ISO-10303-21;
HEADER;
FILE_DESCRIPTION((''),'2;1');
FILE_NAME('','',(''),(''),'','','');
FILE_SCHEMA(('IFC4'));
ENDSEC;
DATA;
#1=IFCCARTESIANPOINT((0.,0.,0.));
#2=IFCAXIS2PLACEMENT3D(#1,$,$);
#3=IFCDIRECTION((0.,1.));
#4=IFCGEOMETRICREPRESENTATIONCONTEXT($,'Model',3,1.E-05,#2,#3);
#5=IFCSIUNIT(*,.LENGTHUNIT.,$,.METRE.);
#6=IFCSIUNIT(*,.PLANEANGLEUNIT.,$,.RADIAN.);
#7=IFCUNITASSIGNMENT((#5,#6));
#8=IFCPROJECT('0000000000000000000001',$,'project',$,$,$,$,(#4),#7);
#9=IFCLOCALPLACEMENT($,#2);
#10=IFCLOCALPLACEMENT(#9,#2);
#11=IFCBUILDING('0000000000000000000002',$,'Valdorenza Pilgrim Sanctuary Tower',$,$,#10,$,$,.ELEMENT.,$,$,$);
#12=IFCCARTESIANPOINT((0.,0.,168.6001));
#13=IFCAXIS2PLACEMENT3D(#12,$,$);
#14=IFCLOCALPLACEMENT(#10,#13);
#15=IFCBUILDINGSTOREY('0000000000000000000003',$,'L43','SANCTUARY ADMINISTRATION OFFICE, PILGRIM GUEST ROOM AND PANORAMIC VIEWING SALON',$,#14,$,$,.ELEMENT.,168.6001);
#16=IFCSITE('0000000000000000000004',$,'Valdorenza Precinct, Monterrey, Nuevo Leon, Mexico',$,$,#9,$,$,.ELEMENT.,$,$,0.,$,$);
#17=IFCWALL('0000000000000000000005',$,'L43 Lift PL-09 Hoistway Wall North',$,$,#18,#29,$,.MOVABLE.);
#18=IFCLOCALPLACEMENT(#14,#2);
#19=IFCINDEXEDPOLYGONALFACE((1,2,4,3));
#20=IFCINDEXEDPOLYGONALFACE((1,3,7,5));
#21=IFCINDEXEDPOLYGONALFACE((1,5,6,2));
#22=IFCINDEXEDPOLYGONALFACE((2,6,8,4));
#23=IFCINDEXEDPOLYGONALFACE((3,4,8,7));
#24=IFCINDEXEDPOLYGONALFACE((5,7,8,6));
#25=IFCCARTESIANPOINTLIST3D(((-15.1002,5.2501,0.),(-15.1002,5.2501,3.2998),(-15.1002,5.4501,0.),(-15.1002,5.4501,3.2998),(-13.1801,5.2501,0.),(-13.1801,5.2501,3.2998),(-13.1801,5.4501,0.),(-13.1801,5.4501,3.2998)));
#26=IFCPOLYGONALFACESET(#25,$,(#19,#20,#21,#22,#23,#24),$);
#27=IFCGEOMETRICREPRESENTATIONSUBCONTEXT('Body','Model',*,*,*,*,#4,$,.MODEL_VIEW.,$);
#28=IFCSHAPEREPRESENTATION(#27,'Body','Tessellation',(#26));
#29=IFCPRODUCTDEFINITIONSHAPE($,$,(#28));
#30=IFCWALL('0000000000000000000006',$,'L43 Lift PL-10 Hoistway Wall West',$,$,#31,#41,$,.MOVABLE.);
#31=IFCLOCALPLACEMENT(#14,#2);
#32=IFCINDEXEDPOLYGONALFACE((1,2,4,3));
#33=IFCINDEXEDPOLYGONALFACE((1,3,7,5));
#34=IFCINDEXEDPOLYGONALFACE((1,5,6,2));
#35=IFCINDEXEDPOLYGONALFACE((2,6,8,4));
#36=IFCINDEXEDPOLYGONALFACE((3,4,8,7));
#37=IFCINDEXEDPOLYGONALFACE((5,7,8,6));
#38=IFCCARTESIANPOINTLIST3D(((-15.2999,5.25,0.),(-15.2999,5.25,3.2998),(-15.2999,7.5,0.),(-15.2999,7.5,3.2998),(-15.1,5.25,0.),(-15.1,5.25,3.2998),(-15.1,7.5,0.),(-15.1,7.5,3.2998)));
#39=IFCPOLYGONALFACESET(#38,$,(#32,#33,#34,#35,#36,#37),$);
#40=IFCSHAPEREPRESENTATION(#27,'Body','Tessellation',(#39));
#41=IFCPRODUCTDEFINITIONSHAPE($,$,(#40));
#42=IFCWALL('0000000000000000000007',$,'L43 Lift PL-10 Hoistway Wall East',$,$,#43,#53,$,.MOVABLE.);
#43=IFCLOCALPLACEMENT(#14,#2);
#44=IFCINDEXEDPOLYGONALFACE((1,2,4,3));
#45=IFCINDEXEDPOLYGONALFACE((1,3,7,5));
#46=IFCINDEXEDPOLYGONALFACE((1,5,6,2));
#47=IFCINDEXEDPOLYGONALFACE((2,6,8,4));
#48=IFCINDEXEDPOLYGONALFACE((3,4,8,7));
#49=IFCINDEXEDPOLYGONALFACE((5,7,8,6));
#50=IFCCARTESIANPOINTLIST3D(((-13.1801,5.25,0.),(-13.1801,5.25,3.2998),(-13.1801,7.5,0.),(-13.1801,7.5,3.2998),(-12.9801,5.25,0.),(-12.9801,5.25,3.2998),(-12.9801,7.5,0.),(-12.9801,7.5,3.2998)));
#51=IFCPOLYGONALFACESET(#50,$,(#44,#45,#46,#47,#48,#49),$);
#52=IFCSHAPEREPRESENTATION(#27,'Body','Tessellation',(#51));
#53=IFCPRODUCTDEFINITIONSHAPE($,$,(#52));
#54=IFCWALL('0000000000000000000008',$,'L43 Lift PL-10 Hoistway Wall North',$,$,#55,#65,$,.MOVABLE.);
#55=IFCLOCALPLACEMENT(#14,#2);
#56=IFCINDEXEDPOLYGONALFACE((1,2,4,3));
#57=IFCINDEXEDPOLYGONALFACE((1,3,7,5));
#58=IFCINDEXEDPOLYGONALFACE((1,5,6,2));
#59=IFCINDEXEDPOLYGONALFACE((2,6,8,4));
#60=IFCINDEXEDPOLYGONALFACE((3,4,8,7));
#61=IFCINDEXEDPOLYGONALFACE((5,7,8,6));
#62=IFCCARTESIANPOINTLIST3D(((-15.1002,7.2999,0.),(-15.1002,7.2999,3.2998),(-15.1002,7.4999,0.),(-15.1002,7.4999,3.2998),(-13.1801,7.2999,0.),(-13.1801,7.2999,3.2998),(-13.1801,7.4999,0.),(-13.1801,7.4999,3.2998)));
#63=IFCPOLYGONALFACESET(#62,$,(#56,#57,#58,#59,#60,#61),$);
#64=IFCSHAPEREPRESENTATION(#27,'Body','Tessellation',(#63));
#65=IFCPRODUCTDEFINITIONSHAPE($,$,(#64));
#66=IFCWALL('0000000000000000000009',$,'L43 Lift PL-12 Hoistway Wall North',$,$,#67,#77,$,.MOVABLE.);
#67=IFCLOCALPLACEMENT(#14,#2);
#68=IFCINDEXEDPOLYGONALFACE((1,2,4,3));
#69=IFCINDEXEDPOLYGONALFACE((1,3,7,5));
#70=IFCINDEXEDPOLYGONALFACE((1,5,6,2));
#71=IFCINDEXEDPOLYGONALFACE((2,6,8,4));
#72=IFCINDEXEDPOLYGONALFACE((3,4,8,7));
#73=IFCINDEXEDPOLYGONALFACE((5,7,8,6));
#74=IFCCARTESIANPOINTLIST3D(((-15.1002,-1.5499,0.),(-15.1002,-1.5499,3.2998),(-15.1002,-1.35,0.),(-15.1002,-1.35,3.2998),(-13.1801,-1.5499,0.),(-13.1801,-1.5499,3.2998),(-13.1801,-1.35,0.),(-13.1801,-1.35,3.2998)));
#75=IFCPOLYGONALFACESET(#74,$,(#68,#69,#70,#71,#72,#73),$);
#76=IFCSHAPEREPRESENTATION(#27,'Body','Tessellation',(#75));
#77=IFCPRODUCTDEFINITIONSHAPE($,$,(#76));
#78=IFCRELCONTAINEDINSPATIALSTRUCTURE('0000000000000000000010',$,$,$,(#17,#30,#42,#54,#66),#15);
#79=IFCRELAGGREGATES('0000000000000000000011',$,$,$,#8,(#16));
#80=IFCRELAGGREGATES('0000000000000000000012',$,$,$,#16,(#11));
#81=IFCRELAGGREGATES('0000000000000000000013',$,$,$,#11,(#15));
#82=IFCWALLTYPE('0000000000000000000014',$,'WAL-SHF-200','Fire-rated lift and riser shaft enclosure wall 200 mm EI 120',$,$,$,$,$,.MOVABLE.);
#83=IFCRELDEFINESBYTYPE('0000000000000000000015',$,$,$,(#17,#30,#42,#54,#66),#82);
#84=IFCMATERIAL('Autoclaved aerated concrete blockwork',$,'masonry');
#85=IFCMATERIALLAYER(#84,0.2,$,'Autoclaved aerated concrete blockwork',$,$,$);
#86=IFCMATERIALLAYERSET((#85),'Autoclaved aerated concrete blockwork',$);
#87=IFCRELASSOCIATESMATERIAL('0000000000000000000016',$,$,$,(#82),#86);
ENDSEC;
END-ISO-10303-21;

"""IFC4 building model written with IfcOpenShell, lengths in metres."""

from ifc_helpers import new_model, si_unit, direction, frame, frame_2d, origin, place, context, subcontext, project, spatial, rectangle, extrude, material, layer, layer_set, type_object, element, save


model = new_model("IFC4")

# Units and contexts
model_context = context("Model", 3, precision=1e-05, world=origin(), true_north=direction((0.0, 1.0)))
body_context = subcontext(model_context, "Body", "Model", "MODEL_VIEW")
ifc_project = project(units=[si_unit("LENGTHUNIT", "METRE"), si_unit("PLANEANGLEUNIT", "RADIAN")], contexts=[model_context])

# Site, building, storey
site_placement = place(None, origin())
site = spatial("IfcSite", under=ifc_project, at=site_placement, Name="Valdorenza Precinct, Monterrey, Nuevo Leon, Mexico", CompositionType="ELEMENT", RefElevation=0.0)
building_placement = place(site_placement, origin())
building = spatial("IfcBuilding", under=site, at=building_placement, Name="Valdorenza Pilgrim Sanctuary Tower", CompositionType="ELEMENT")
storey_placement = place(building_placement, frame((0.0, 0.0, 168.6001)))
storey = spatial("IfcBuildingStorey", under=building, at=storey_placement, Name="L43", Description="SANCTUARY ADMINISTRATION OFFICE, PILGRIM GUEST ROOM AND PANORAMIC VIEWING SALON", CompositionType="ELEMENT", Elevation=168.6001)

# Shared definitions
ifc_material_1 = material(Name="Autoclaved aerated concrete blockwork", Category="masonry")
ifc_layer_1 = layer(ifc_material_1, 0.2, Name="Autoclaved aerated concrete blockwork")
ifc_layer_set_1 = layer_set([ifc_layer_1], Name="Autoclaved aerated concrete blockwork")
wall_type_1 = type_object("IfcWallType", Name="WAL-SHF-200", Description="Fire-rated lift and riser shaft enclosure wall 200 mm EI 120", PredefinedType="MOVABLE", material=ifc_layer_set_1)

# Walls
for number, where, z_axis, x_axis, name in (
    (1, (-15.1001, 5.3501, 0.0), (0.0, 0.0, 1.0), (1.0, 0.0, 0.0), "L43 Lift PL-09 Hoistway Wall North"),
):
    element("IfcWall", number, at=place(storey_placement, frame(where, z_axis=z_axis, x_axis=x_axis)), inside=storey, type_object=wall_type_1, Name=name, PredefinedType="MOVABLE", context=body_context, shape_type="SweptSolid", body=[
        extrude(rectangle(XDim=1.9202, YDim=0.2, at=frame_2d((0.96, 0.0))), origin(), (0.0, 0.0, 1.0), 3.2998),
    ])
for number, where, z_axis, x_axis, name in (
    (2, (-15.2, 5.25, 0.0), (0.0, 0.0, 1.0), (0.0, 1.0, 0.0), "L43 Lift PL-10 Hoistway Wall West"),
    (3, (-13.0801, 5.25, 0.0), (0.0, 0.0, 1.0), (0.0, 1.0, 0.0), "L43 Lift PL-10 Hoistway Wall East"),
):
    element("IfcWall", number, at=place(storey_placement, frame(where, z_axis=z_axis, x_axis=x_axis)), inside=storey, type_object=wall_type_1, Name=name, PredefinedType="MOVABLE", context=body_context, shape_type="SweptSolid", body=[
        extrude(rectangle(XDim=2.25, YDim=0.2, at=frame_2d((1.125, 0.0))), origin(), (0.0, 0.0, 1.0), 3.2998),
    ])
for number, where, z_axis, x_axis, name in (
    (4, (-15.1001, 7.3999, 0.0), (0.0, 0.0, 1.0), (1.0, 0.0, 0.0), "L43 Lift PL-10 Hoistway Wall North"),
    (5, (-15.1001, -1.45, 0.0), (0.0, 0.0, 1.0), (1.0, 0.0, 0.0), "L43 Lift PL-12 Hoistway Wall North"),
):
    element("IfcWall", number, at=place(storey_placement, frame(where, z_axis=z_axis, x_axis=x_axis)), inside=storey, type_object=wall_type_1, Name=name, PredefinedType="MOVABLE", context=body_context, shape_type="SweptSolid", body=[
        extrude(rectangle(XDim=1.9202, YDim=0.2, at=frame_2d((0.96, 0.0))), origin(), (0.0, 0.0, 1.0), 3.2998),
    ])

save(model, "model.ifc")
